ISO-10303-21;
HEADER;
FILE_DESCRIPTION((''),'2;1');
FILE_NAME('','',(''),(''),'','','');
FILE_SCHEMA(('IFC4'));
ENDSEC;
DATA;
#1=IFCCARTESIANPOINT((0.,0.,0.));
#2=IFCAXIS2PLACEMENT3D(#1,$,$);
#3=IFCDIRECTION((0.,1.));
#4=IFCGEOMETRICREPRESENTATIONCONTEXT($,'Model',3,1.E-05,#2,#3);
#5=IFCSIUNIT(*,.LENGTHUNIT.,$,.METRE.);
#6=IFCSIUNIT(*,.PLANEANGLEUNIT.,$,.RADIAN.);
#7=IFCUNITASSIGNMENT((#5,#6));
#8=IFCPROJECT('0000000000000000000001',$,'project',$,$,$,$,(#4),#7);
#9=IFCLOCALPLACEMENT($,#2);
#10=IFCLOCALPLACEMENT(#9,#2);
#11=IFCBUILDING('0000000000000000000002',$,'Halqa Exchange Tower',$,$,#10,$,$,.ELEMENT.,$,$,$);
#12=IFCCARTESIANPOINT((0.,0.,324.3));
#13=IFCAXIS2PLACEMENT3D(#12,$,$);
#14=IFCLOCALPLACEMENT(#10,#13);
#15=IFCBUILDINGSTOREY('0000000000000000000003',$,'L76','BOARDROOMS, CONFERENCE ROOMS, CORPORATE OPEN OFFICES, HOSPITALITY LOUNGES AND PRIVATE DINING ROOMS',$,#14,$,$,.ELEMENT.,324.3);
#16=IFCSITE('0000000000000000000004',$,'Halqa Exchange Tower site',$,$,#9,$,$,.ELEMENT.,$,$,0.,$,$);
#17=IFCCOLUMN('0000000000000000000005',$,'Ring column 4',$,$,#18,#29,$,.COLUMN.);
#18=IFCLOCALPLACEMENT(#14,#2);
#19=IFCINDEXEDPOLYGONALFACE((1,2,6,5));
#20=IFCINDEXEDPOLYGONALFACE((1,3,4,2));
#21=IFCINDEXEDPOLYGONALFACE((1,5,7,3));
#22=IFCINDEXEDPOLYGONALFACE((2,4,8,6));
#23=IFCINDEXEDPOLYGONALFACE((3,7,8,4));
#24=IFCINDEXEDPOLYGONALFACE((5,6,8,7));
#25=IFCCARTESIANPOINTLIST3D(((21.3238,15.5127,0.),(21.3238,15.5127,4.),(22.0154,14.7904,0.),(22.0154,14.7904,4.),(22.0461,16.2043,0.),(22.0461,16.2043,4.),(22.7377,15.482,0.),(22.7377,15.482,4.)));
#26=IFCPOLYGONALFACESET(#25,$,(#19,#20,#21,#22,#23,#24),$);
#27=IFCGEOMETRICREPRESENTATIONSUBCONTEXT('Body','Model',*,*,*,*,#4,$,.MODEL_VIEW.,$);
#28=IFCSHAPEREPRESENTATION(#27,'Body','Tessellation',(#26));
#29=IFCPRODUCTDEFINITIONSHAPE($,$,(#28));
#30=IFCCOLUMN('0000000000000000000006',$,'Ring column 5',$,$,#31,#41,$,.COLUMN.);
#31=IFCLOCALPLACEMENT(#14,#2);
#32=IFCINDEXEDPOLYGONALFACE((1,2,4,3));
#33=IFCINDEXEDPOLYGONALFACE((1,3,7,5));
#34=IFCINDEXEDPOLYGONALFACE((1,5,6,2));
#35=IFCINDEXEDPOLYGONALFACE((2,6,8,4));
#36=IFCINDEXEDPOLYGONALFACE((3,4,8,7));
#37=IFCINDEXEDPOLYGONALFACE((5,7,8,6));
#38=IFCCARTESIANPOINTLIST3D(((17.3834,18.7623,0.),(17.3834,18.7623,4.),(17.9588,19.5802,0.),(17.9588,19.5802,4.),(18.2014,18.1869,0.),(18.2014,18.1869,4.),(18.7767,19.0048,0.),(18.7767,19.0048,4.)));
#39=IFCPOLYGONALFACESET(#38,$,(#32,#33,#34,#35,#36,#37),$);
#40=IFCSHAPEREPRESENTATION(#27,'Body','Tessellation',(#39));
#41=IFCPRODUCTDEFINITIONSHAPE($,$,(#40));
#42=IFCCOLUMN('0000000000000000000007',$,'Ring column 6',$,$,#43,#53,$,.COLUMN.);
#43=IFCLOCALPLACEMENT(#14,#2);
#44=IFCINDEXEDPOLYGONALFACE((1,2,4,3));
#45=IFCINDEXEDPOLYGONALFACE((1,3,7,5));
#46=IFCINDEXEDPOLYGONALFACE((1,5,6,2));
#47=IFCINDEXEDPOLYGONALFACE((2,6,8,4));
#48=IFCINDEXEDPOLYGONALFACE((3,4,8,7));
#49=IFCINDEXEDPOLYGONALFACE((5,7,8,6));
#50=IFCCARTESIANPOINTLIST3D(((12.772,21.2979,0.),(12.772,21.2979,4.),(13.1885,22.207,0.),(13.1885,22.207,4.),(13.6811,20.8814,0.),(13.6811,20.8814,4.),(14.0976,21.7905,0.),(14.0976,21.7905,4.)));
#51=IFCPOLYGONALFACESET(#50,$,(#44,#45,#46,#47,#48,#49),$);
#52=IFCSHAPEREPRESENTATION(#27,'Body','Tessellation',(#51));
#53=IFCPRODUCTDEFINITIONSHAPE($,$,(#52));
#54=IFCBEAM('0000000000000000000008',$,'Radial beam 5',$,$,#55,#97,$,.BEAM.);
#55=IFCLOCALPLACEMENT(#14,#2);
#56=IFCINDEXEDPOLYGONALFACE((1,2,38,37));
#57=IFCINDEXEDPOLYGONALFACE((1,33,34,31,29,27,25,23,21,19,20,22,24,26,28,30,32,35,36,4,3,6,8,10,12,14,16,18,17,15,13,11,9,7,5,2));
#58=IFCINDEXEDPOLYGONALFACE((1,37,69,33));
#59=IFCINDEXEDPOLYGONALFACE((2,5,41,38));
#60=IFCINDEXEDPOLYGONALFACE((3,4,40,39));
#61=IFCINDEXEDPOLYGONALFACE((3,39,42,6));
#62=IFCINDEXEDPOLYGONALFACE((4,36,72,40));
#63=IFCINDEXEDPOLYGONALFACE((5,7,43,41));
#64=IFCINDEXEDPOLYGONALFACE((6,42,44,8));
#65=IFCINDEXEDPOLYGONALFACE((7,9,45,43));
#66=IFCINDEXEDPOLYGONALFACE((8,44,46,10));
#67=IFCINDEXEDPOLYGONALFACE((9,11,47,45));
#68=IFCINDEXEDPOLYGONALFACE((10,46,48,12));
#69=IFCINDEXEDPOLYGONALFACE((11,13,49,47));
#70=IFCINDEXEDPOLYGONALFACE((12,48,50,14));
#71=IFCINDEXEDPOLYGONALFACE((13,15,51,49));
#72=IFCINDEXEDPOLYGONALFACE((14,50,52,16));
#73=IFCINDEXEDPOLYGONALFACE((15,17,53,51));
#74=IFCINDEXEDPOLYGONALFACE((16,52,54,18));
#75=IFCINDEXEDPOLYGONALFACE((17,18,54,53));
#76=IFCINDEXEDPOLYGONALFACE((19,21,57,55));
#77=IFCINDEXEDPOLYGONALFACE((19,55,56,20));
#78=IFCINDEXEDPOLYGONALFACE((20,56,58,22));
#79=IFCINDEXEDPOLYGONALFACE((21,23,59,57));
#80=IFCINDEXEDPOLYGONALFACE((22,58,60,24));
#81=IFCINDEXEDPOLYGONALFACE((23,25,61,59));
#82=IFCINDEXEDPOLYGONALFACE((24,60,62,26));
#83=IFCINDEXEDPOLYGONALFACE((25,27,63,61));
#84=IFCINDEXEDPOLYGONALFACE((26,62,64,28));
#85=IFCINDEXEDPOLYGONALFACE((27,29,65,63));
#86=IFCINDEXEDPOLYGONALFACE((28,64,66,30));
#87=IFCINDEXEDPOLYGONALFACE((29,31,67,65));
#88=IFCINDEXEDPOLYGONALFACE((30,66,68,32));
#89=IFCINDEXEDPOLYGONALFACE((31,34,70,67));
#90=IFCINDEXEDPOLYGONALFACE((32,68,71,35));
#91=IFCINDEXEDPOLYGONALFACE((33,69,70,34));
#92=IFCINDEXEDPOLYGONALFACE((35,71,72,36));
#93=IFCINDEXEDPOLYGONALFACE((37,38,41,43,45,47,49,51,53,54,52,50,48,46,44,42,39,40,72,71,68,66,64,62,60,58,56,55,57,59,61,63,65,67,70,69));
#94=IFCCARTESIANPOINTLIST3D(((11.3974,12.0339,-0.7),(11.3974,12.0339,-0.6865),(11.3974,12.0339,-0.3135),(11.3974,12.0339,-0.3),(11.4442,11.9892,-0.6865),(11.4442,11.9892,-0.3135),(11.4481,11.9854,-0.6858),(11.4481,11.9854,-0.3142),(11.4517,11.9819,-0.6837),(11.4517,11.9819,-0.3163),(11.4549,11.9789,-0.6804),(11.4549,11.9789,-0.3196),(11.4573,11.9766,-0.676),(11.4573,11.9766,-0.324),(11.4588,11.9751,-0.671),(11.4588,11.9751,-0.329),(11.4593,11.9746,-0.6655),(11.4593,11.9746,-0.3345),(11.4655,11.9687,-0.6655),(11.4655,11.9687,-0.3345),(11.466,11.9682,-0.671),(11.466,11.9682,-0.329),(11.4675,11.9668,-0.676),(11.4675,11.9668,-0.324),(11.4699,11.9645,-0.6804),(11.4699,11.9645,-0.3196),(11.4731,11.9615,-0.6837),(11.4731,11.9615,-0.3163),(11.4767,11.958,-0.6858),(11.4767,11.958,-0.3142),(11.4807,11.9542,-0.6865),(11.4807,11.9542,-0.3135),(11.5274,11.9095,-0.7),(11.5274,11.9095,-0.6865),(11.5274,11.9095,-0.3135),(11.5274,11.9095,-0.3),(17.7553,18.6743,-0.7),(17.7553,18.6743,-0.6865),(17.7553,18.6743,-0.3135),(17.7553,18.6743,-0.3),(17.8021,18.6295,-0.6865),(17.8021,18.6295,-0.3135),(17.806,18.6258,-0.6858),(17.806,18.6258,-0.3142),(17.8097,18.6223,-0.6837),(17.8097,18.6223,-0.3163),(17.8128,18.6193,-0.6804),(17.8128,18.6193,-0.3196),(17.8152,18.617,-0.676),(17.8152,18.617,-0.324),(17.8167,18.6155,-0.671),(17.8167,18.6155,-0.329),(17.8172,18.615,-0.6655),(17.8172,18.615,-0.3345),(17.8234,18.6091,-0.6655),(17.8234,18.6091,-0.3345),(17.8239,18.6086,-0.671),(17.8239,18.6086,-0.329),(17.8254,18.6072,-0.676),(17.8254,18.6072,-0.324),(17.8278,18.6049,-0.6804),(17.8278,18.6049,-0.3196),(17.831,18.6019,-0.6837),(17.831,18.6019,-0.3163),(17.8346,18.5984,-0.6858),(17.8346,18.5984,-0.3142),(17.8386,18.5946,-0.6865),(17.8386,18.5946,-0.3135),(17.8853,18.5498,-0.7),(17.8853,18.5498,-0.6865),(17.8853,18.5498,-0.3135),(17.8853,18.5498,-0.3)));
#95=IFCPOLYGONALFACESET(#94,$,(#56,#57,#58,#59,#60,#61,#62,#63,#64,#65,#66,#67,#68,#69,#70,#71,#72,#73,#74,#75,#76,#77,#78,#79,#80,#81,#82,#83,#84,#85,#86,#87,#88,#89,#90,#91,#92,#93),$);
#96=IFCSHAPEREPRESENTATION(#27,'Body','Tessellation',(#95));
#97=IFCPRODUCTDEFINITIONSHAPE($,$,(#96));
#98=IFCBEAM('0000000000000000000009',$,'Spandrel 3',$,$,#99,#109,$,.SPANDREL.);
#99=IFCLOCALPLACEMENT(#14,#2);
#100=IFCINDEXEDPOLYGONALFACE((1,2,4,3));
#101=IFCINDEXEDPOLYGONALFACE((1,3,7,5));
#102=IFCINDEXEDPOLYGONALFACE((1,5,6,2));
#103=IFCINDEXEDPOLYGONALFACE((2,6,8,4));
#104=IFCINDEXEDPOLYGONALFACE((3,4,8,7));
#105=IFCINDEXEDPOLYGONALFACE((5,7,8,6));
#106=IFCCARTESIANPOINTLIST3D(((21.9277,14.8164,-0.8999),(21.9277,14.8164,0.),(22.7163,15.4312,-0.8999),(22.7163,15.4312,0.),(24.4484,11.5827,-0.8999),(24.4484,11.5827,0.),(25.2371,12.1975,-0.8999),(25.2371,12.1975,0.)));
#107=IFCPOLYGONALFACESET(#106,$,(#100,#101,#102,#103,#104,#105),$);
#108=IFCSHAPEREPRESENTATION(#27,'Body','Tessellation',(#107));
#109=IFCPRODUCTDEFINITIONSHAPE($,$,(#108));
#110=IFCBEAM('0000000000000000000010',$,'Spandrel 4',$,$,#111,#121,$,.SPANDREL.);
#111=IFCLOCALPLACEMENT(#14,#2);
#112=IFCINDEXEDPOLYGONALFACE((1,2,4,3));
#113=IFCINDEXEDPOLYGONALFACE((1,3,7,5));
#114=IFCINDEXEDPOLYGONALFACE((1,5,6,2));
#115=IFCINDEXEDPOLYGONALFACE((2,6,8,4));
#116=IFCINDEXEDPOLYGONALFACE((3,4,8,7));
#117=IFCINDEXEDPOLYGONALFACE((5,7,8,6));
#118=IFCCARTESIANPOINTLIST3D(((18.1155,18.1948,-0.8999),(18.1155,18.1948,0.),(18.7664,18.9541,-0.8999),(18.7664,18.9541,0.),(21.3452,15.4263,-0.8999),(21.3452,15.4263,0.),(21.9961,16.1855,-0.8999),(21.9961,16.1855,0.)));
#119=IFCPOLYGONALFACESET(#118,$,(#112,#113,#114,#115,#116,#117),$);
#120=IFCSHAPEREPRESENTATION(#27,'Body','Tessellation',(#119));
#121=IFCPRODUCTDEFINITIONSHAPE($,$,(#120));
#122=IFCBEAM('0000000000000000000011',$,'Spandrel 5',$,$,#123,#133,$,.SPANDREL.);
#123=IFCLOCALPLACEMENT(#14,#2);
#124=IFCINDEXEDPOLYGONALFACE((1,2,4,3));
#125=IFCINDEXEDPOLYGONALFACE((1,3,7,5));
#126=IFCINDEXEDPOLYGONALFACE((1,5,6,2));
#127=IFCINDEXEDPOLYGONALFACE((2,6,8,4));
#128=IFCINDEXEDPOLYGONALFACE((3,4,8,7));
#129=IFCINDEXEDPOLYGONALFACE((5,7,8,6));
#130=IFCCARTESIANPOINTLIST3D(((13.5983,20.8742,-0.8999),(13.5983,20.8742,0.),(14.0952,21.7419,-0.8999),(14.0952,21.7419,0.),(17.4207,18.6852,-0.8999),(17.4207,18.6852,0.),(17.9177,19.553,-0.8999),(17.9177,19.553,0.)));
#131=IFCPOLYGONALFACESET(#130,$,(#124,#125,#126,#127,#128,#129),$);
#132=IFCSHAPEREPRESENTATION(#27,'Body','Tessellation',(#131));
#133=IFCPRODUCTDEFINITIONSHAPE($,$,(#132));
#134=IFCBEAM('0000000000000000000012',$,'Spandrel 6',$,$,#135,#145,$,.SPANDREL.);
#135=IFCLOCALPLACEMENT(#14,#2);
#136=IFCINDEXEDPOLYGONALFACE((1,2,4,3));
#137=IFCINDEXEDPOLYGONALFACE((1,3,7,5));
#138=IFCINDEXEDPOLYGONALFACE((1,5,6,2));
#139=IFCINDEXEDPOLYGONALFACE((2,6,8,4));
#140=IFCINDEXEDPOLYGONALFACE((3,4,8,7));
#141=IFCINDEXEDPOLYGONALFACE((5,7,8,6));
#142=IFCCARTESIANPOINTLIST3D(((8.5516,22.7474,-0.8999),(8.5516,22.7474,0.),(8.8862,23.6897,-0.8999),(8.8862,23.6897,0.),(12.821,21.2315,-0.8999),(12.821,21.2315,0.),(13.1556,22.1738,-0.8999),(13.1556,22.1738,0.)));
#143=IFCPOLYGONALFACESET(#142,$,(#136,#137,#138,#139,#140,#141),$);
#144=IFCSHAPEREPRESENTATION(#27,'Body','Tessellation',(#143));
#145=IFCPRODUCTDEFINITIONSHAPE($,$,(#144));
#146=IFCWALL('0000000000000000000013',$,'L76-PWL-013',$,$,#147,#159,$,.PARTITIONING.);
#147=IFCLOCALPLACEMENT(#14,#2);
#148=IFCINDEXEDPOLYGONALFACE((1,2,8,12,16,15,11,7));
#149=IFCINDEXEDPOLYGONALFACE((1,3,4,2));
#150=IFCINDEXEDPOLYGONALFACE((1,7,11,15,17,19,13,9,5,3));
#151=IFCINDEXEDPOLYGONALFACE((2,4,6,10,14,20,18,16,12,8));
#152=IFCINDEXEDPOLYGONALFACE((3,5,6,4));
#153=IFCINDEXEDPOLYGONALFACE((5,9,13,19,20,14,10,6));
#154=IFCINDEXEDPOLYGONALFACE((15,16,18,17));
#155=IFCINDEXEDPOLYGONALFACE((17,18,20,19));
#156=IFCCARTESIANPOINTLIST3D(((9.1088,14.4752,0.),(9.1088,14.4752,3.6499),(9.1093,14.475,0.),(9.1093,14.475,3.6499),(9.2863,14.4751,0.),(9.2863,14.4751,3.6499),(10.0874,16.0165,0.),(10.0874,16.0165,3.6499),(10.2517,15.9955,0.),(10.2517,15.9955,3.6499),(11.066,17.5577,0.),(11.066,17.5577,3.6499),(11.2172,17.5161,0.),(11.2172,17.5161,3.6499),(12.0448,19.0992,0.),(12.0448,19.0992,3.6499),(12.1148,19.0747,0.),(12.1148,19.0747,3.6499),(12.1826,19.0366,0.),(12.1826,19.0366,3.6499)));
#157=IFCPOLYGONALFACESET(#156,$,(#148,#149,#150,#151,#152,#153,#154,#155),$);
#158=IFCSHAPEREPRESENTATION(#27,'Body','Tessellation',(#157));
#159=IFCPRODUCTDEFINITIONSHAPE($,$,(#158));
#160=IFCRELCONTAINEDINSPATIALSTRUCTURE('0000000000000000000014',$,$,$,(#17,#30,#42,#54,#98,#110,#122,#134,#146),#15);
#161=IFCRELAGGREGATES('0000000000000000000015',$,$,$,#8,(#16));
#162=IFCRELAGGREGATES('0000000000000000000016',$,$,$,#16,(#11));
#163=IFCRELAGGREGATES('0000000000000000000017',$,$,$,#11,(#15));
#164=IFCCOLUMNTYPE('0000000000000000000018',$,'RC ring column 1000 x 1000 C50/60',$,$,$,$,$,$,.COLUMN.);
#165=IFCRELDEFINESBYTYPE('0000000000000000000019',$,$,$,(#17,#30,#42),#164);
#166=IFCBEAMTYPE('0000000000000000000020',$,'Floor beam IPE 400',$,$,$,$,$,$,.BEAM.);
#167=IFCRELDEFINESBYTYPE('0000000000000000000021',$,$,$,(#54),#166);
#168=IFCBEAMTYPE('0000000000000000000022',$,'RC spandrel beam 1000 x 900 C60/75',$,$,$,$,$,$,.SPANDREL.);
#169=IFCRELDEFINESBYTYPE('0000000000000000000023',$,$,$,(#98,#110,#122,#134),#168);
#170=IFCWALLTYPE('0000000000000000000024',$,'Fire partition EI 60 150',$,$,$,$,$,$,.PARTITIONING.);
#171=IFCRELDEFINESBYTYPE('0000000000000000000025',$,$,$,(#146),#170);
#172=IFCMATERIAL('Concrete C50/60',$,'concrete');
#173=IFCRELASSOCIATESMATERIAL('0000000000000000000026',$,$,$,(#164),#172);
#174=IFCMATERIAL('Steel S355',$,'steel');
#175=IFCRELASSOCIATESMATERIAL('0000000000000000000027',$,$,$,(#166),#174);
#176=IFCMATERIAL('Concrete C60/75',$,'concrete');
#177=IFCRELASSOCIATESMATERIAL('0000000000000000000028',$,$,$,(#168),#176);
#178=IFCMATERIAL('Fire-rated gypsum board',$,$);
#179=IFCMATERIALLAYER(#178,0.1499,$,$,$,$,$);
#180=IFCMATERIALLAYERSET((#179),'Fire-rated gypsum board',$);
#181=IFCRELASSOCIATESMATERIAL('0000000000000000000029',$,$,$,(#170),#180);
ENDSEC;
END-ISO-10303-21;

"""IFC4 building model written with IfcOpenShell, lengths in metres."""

from ifc_helpers import new_model, si_unit, direction, frame, origin, origin_2d, place, context, subcontext, project, spatial, polyline, rectangle, i_section, outline, extrude, material, layer, layer_set, material_profile, profile_set, type_object, element, save


model = new_model("IFC4")

# Units and contexts
model_context = context("Model", 3, precision=1e-05, world=origin(), true_north=direction((0.0, 1.0)))
body_context = subcontext(model_context, "Body", "Model", "MODEL_VIEW")
ifc_project = project(units=[si_unit("LENGTHUNIT", "METRE"), si_unit("PLANEANGLEUNIT", "RADIAN")], contexts=[model_context])

# Site, building, storey
site_placement = place(None, origin())
site = spatial("IfcSite", under=ifc_project, at=site_placement, Name="Halqa Exchange Tower site", CompositionType="ELEMENT", RefElevation=0.0)
building_placement = place(site_placement, origin())
building = spatial("IfcBuilding", under=site, at=building_placement, Name="Halqa Exchange Tower", CompositionType="ELEMENT")
storey_placement = place(building_placement, frame((0.0, 0.0, 324.3)))
storey = spatial("IfcBuildingStorey", under=building, at=storey_placement, Name="L76", Description="BOARDROOMS, CONFERENCE ROOMS, CORPORATE OPEN OFFICES, HOSPITALITY LOUNGES AND PRIVATE DINING ROOMS", CompositionType="ELEMENT", Elevation=324.3)

# Columns
ifc_material_1 = material(Name="Concrete C50/60", Category="concrete")
ifc_material_profile_1 = material_profile(ifc_material_1, rectangle(XDim=1.0, YDim=1.0, at=origin_2d()), Name="1000 x 1000")
ifc_profile_set_1 = profile_set([ifc_material_profile_1], Name="Concrete C50/60")
column_type = type_object("IfcColumnType", Name="RC ring column 1000 x 1000 C50/60", PredefinedType="COLUMN", material=ifc_profile_set_1)
for number, where, z_axis, x_axis, name in (
    (1, (22.0308, 15.4973, 0.0), (0.0, 0.0, 1.0), (-0.691579, 0.722301, 0.0), "Ring column 4"),
    (2, (18.0801, 18.8835, 0.0), (0.0, 0.0, 1.0), (-0.817907, 0.575351, 0.0), "Ring column 5"),
    (3, (13.4348, 21.5442, 0.0), (0.0, 0.0, 1.0), (-0.909129, 0.416516, 0.0), "Ring column 6"),
):
    element("IfcColumn", number, at=place(storey_placement, frame(where, z_axis=z_axis, x_axis=x_axis)), inside=storey, type_object=column_type, Name=name, PredefinedType="COLUMN", context=body_context, shape_type="SweptSolid", body=[
        extrude(rectangle(XDim=1.0, YDim=1.0, at=origin_2d()), origin(), (0.0, 0.0, 1.0), 4.0),
    ])

# Beams
ifc_material_2 = material(Name="Steel S355", Category="steel")
ifc_material_profile_2 = material_profile(ifc_material_2, i_section(OverallWidth=0.1799, OverallDepth=0.3999, WebThickness=0.0085, FlangeThickness=0.0134, FilletRadius=0.021, at=origin_2d()), Name="IPE 400")
ifc_profile_set_2 = profile_set([ifc_material_profile_2], Name="Steel S355")
beam_type_1 = type_object("IfcBeamType", Name="Floor beam IPE 400", PredefinedType="BEAM", material=ifc_profile_set_2)
beam_1_placement = place(storey_placement, frame((11.4624, 11.9717, -0.5), z_axis=(0.691577, 0.722303, 0.0), x_axis=(-0.722303, 0.691577, 0.0)))
element("IfcBeam", 4, at=beam_1_placement, inside=storey, type_object=beam_type_1, Name="Radial beam 5", PredefinedType="BEAM", context=body_context, shape_type="SweptSolid", body=[
    extrude(i_section(OverallWidth=0.1799, OverallDepth=0.3999, WebThickness=0.0085, FlangeThickness=0.0134, FilletRadius=0.021, at=origin_2d()), origin(), (0.0, 0.0, 1.0), 9.1934),
])
ifc_material_3 = material(Name="Concrete C60/75", Category="concrete")
ifc_material_profile_3 = material_profile(ifc_material_3, rectangle(XDim=1.0, YDim=0.8999, at=origin_2d()), Name="1000 x 900")
ifc_profile_set_3 = profile_set([ifc_material_profile_3], Name="Concrete C60/75")
beam_type_2 = type_object("IfcBeamType", Name="RC spandrel beam 1000 x 900 C60/75", PredefinedType="SPANDREL", material=ifc_profile_set_3)
beam_2_placement = place(storey_placement, frame((24.8428, 11.8901, -0.45), z_axis=(-0.614806, 0.788678, 0.0), x_axis=(-0.788678, -0.614806, 0.0)))
element("IfcBeam", 5, at=beam_2_placement, inside=storey, type_object=beam_type_2, Name="Spandrel 3", PredefinedType="SPANDREL", context=body_context, shape_type="SweptSolid", body=[
    extrude(rectangle(XDim=1.0, YDim=0.8999, at=origin_2d()), origin(), (0.0, 0.0, 1.0), 4.1001),
])
beam_3_placement = place(storey_placement, frame((21.6707, 15.8059, -0.45), z_axis=(-0.759232, 0.65082, 0.0), x_axis=(-0.65082, -0.759232, 0.0)))
element("IfcBeam", 6, at=beam_3_placement, inside=storey, type_object=beam_type_2, Name="Spandrel 4", PredefinedType="SPANDREL", context=body_context, shape_type="SweptSolid", body=[
    extrude(rectangle(XDim=1.0, YDim=0.8999, at=origin_2d()), origin(), (0.0, 0.0, 1.0), 4.2539),
])
beam_4_placement = place(storey_placement, frame((17.6692, 19.1191, -0.45), z_axis=(-0.867786, 0.496939, 0.0), x_axis=(-0.496939, -0.867786, 0.0)))
element("IfcBeam", 7, at=beam_4_placement, inside=storey, type_object=beam_type_2, Name="Spandrel 5", PredefinedType="SPANDREL", context=body_context, shape_type="SweptSolid", body=[
    extrude(rectangle(XDim=1.0, YDim=0.8999, at=origin_2d()), origin(), (0.0, 0.0, 1.0), 4.4048),
])
beam_5_placement = place(storey_placement, frame((12.9883, 21.7026, -0.45), z_axis=(-0.942361, 0.334598, 0.0), x_axis=(-0.334598, -0.942361, 0.0)))
element("IfcBeam", 8, at=beam_5_placement, inside=storey, type_object=beam_type_2, Name="Spandrel 6", PredefinedType="SPANDREL", context=body_context, shape_type="SweptSolid", body=[
    extrude(rectangle(XDim=1.0, YDim=0.8999, at=origin_2d()), origin(), (0.0, 0.0, 1.0), 4.5305),
])

# Wall
ifc_material_4 = material(Name="Fire-rated gypsum board")
ifc_layer_1 = layer(ifc_material_4, 0.1499)
ifc_layer_set_1 = layer_set([ifc_layer_1], Name="Fire-rated gypsum board")
wall_type_1 = type_object("IfcWallType", Name="Fire partition EI 60 150", PredefinedType="PARTITIONING", material=ifc_layer_set_1)
wall_1_placement = place(storey_placement, frame((9.1721, 14.4351, 0.0), z_axis=(0.0, 0.0, 1.0), x_axis=(0.536016, 0.844208, 0.0)))
element("IfcWall", 9, at=wall_1_placement, inside=storey, type_object=wall_type_1, Name="L76-PWL-013", PredefinedType="PARTITIONING", context=body_context, shape_type="SweptSolid", body=[
    extrude(outline(polyline([(0.095, -0.075), (1.896, -0.075), (3.6973, -0.075), (5.4983, -0.075), (5.4941, 0.0027), (5.4773, 0.075), (3.6514, 0.075), (1.8257, 0.075), (0.0, 0.075), (0.0, 0.0745), (0.095, -0.075)])), origin(), (0.0, 0.0, 1.0), 3.6499),
])

save(model, "model.ifc")
